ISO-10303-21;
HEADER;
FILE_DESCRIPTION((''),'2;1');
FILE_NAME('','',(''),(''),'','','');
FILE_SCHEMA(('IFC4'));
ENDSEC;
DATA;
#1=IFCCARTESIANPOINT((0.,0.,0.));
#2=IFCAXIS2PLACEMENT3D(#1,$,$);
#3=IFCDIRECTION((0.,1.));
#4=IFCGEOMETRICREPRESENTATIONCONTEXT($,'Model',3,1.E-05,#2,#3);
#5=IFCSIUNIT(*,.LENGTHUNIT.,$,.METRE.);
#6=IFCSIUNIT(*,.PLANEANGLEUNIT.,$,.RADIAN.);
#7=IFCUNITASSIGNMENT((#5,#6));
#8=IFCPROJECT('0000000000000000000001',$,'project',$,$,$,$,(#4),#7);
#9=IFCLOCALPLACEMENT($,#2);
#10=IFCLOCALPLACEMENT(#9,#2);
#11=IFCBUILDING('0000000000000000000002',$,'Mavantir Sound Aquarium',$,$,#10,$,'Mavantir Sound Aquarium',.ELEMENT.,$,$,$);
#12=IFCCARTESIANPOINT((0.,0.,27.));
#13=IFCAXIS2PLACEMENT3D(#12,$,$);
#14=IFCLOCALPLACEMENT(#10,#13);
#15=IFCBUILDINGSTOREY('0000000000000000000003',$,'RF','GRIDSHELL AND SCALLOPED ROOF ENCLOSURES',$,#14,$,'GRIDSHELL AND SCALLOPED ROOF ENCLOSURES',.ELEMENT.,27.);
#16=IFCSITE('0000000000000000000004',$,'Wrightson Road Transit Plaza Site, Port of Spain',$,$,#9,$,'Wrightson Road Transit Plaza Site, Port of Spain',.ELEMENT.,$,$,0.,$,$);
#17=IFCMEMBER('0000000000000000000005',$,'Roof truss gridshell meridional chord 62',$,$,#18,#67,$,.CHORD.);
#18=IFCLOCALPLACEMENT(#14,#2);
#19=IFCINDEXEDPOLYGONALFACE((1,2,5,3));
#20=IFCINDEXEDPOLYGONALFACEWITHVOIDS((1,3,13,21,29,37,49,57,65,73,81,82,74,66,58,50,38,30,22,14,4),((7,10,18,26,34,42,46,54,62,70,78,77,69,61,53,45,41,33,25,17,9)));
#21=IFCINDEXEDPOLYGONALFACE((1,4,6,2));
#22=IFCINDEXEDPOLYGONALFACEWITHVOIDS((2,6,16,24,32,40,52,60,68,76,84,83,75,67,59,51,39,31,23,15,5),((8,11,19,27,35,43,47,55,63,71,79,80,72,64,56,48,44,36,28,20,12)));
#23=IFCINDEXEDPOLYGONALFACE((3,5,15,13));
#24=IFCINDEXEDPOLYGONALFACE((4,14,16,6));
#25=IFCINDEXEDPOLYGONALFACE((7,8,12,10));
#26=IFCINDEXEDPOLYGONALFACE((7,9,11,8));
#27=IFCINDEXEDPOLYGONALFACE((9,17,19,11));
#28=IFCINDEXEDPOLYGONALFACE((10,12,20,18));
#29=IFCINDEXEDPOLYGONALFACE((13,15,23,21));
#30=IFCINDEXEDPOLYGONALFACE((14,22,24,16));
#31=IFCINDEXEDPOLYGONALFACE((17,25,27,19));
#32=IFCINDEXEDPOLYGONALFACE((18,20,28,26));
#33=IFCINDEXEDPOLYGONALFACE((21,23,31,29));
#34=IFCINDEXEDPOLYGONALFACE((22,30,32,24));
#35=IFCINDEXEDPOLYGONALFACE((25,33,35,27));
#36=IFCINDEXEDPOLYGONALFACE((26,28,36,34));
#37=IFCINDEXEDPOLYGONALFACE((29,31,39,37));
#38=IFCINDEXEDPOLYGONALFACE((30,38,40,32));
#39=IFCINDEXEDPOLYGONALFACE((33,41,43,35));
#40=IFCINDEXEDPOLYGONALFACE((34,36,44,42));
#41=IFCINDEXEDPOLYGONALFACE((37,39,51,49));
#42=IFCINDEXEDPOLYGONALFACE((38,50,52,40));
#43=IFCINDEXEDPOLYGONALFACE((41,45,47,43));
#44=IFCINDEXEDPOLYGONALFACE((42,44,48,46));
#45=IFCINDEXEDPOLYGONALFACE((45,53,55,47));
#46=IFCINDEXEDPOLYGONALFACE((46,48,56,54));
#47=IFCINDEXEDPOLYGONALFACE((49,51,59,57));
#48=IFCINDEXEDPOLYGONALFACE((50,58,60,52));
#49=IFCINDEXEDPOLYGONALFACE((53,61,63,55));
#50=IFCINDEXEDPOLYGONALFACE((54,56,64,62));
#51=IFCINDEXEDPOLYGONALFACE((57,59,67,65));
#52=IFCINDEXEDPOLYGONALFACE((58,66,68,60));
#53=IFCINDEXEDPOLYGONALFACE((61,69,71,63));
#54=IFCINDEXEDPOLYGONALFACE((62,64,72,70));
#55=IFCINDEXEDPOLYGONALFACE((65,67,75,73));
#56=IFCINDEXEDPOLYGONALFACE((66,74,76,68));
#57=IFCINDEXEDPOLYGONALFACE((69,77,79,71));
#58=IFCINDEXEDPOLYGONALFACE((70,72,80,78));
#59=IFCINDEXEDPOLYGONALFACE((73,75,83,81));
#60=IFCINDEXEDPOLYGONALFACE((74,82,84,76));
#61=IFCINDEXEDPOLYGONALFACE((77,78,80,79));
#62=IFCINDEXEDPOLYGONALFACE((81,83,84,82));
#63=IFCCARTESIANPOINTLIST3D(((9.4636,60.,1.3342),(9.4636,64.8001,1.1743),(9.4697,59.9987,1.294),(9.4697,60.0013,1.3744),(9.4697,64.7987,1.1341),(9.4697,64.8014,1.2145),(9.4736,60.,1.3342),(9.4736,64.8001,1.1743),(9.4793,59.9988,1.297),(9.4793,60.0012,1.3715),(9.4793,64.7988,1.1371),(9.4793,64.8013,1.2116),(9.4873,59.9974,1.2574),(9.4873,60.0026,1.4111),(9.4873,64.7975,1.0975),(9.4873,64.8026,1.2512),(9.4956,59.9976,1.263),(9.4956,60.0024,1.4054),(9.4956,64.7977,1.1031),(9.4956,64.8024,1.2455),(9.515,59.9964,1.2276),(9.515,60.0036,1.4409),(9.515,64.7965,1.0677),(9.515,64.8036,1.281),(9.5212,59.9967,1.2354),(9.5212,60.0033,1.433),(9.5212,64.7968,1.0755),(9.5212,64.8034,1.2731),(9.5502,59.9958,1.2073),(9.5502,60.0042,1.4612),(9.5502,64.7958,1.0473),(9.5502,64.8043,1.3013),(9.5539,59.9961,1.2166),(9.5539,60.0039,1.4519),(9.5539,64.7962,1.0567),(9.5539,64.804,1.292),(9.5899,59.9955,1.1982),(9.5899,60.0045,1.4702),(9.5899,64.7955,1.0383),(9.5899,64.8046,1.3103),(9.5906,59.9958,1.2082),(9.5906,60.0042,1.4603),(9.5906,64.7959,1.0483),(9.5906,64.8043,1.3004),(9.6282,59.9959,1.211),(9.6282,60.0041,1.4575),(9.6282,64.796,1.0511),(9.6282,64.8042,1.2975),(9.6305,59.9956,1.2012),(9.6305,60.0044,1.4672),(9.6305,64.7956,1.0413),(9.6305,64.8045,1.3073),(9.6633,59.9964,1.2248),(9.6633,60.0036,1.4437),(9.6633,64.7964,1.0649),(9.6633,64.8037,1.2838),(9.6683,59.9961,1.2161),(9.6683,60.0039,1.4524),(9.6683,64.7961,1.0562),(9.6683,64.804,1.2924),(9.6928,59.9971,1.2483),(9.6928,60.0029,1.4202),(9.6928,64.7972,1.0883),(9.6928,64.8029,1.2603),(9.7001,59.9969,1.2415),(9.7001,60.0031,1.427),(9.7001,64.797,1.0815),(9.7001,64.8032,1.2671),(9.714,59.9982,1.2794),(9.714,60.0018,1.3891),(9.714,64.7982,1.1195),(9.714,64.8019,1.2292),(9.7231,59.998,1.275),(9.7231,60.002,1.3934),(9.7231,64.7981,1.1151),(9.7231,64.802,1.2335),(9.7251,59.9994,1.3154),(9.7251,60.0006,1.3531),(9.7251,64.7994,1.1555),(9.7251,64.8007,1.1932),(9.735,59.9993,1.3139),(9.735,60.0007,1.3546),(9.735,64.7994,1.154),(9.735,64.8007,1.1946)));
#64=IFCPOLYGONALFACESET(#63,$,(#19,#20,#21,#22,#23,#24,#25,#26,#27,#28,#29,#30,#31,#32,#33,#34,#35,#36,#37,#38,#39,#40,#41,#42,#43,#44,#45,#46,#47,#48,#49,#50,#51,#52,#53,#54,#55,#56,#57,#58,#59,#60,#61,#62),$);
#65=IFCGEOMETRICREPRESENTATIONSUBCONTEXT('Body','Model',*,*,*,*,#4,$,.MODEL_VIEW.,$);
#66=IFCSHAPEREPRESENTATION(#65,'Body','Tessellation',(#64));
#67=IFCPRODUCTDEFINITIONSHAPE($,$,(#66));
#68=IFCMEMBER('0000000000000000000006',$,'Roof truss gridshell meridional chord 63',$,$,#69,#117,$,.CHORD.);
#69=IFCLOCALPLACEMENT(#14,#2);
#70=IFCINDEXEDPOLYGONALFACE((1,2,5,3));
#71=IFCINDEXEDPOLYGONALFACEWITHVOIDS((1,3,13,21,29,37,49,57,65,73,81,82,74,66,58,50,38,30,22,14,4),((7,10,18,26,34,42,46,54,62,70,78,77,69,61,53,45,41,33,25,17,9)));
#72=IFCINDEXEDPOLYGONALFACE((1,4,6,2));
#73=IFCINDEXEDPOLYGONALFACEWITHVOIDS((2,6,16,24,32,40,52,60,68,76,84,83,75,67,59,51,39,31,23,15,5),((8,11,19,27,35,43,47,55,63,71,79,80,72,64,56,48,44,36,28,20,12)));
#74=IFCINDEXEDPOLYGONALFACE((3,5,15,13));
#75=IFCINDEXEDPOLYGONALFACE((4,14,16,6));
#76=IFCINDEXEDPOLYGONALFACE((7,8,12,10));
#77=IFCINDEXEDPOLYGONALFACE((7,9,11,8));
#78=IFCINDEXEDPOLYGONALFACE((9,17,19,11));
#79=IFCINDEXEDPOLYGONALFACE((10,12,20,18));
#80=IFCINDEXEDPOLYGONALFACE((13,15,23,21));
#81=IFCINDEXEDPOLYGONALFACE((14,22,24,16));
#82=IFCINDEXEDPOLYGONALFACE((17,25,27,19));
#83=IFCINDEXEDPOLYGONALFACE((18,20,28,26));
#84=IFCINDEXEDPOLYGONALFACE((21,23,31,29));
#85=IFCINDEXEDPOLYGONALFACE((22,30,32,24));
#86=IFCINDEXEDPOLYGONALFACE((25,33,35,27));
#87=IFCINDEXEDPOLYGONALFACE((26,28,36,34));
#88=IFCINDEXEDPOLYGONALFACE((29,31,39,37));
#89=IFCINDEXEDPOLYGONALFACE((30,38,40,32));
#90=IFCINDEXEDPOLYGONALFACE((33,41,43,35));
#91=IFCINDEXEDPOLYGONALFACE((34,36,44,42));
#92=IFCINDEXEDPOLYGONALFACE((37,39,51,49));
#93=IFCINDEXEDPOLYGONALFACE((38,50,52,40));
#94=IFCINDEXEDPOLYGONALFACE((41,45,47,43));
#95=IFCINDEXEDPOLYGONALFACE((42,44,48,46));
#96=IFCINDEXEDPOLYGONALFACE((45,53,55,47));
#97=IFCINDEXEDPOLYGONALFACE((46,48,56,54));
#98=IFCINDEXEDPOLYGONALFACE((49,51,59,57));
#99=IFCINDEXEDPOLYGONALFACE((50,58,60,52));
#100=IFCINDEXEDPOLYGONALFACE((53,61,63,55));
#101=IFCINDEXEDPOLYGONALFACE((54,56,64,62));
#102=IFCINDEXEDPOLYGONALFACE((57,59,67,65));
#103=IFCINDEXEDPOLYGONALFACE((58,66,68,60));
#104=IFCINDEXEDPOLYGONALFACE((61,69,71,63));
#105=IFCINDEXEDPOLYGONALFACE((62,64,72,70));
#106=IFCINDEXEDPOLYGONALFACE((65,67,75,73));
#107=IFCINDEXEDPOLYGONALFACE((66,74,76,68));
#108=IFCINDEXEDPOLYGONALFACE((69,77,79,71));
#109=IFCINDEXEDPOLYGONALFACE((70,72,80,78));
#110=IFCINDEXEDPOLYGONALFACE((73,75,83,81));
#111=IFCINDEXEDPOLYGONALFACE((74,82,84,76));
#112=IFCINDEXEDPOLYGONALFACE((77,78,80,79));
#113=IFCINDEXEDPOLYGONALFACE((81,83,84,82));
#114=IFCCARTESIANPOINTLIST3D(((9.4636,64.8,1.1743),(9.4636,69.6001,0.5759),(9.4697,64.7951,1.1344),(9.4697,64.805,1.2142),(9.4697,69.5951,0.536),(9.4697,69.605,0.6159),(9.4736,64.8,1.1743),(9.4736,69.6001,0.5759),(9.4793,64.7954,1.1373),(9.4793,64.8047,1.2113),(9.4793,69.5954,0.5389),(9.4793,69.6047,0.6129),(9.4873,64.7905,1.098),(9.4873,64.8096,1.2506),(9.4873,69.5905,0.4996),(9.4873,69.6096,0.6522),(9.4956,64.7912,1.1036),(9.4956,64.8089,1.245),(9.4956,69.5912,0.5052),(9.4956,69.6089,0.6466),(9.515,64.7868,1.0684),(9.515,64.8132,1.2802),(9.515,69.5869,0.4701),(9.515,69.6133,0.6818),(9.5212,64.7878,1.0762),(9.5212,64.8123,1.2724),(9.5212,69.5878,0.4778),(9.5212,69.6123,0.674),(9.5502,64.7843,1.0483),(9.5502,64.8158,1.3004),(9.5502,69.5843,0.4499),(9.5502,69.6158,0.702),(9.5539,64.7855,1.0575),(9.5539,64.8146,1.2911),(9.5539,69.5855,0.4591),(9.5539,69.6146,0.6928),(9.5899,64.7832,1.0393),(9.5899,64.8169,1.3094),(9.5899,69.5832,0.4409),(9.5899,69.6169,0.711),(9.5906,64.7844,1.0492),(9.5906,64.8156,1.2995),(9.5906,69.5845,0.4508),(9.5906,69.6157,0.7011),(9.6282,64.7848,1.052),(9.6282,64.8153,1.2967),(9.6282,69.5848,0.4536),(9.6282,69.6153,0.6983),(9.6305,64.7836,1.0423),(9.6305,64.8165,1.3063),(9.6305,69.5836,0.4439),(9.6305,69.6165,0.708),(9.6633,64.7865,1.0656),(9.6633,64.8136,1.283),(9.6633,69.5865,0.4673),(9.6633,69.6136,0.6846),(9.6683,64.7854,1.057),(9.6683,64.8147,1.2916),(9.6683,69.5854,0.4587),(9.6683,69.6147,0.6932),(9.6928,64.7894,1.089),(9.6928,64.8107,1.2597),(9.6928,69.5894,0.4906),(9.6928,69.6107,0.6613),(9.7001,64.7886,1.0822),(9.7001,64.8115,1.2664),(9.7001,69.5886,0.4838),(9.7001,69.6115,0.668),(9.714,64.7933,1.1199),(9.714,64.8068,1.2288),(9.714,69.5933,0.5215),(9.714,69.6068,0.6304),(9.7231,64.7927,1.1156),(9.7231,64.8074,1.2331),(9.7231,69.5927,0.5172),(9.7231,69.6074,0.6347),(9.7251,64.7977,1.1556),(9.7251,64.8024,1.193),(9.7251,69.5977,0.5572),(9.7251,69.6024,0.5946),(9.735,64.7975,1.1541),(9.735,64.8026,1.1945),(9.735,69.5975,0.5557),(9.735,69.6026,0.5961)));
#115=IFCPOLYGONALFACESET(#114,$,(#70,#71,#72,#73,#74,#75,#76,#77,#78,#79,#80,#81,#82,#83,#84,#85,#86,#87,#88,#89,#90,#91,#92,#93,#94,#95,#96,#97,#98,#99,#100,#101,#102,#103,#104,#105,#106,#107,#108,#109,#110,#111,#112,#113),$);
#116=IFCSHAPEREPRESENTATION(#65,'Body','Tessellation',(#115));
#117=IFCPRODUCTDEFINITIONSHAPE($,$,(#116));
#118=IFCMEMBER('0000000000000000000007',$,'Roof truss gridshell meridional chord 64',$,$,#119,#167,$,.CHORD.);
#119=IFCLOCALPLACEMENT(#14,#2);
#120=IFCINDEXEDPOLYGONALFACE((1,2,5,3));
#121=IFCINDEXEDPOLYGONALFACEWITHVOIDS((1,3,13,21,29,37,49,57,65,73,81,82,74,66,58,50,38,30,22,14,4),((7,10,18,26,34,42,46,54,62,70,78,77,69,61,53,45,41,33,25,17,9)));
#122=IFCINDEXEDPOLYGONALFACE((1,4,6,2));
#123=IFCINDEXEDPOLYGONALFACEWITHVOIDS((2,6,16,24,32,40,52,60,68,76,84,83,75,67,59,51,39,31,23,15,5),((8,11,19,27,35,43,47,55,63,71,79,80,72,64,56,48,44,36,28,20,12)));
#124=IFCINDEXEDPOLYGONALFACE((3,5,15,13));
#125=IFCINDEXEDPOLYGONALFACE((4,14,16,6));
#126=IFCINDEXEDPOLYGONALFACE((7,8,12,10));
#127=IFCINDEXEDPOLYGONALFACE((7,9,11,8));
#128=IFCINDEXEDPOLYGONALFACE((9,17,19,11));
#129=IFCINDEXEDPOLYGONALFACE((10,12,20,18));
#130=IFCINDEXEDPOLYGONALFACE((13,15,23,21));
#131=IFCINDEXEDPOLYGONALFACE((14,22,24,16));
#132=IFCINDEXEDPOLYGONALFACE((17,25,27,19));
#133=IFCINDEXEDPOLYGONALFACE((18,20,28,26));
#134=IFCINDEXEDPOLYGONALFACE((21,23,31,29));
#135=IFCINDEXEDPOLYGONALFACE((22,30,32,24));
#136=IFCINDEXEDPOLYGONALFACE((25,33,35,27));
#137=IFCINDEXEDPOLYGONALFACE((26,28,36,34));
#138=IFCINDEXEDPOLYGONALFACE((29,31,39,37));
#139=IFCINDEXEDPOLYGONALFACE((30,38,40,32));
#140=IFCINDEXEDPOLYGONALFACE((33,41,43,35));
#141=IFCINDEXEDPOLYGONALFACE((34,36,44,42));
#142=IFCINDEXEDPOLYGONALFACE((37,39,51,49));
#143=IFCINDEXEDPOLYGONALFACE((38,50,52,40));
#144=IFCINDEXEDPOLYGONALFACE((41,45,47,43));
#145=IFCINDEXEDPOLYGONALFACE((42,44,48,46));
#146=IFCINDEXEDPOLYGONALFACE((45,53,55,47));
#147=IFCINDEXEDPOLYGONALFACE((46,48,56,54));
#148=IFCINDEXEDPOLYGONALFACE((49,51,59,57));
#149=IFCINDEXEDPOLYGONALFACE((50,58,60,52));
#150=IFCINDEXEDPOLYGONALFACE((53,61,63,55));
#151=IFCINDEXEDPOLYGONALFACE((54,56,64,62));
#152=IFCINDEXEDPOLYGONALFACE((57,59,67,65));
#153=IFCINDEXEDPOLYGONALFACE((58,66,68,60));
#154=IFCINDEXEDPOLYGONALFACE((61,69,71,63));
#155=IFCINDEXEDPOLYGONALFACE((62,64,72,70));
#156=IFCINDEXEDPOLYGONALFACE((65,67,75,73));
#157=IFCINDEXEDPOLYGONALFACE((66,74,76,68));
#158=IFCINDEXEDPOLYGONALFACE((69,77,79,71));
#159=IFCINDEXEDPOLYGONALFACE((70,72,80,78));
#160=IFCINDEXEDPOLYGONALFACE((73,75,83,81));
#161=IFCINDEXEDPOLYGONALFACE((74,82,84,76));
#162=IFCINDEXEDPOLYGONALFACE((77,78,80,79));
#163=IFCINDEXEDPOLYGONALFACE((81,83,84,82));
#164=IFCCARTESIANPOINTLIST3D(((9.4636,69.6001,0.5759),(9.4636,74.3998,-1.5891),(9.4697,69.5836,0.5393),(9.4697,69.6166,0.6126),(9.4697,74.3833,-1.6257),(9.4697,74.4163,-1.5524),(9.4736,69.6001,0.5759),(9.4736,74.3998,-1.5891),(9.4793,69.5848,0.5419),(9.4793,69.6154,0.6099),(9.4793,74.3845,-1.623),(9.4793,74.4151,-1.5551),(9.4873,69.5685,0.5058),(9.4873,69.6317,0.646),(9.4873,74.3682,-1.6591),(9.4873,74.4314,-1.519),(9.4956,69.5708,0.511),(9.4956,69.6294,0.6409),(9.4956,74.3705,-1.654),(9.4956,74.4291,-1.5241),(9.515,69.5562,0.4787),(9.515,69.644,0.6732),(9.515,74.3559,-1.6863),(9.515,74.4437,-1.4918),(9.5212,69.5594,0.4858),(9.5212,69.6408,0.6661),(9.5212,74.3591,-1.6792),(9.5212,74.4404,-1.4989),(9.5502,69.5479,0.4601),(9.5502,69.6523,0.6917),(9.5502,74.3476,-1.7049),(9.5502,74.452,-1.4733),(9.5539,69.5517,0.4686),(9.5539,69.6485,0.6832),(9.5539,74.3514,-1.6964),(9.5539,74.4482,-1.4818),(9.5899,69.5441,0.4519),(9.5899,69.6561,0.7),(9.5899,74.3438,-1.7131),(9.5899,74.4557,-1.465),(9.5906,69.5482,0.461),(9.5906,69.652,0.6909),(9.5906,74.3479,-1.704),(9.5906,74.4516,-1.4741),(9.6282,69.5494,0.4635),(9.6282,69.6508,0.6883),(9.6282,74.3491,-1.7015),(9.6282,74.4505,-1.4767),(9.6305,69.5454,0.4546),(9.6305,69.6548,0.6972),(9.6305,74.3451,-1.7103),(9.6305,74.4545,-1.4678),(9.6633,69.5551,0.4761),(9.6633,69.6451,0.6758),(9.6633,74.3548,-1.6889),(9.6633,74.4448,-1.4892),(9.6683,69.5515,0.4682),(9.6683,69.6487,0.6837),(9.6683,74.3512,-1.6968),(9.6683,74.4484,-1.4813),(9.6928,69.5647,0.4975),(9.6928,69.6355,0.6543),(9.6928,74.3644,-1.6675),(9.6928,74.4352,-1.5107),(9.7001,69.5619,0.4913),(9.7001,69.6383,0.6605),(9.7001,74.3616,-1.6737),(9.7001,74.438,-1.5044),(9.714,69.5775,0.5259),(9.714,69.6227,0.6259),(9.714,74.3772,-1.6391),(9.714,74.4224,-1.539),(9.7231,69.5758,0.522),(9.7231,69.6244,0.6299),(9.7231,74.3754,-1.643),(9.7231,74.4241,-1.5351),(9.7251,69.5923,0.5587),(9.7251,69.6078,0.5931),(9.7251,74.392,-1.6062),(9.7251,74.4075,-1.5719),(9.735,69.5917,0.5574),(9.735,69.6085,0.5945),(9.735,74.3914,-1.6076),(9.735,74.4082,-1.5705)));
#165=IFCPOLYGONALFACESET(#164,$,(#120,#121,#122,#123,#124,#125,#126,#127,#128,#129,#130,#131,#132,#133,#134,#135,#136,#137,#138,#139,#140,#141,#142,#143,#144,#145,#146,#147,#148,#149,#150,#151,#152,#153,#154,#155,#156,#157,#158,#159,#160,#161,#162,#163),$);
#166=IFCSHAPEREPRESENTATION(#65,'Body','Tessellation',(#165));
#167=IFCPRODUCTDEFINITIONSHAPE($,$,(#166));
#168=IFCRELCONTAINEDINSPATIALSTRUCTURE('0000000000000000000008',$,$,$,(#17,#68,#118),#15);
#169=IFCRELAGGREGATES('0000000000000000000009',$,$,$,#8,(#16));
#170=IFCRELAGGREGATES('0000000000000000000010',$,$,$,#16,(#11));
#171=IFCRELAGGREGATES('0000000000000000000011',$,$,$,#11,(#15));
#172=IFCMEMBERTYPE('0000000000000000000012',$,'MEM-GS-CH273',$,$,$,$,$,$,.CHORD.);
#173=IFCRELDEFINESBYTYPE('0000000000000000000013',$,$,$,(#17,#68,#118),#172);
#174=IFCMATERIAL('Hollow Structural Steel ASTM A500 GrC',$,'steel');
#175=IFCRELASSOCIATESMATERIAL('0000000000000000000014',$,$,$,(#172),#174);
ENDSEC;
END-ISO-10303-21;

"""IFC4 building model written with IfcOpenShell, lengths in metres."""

from ifc_helpers import new_model, si_unit, direction, frame, origin, origin_2d, place, context, subcontext, project, spatial, hollow_circle, extrude, material, material_profile, profile_set, type_object, element, save


model = new_model("IFC4")

# Units and contexts
model_context = context("Model", 3, precision=1e-05, world=origin(), true_north=direction((0.0, 1.0)))
body_context = subcontext(model_context, "Body", "Model", "MODEL_VIEW")
ifc_project = project(units=[si_unit("LENGTHUNIT", "METRE"), si_unit("PLANEANGLEUNIT", "RADIAN")], contexts=[model_context])

# Site, building, storey
site_placement = place(None, origin())
site = spatial("IfcSite", under=ifc_project, at=site_placement, Name="Wrightson Road Transit Plaza Site, Port of Spain", LongName="Wrightson Road Transit Plaza Site, Port of Spain", CompositionType="ELEMENT", RefElevation=0.0)
building_placement = place(site_placement, origin())
building = spatial("IfcBuilding", under=site, at=building_placement, Name="Mavantir Sound Aquarium", LongName="Mavantir Sound Aquarium", CompositionType="ELEMENT")
storey_placement = place(building_placement, frame((0.0, 0.0, 27.0)))
storey = spatial("IfcBuildingStorey", under=building, at=storey_placement, Name="RF", Description="GRIDSHELL AND SCALLOPED ROOF ENCLOSURES", LongName="GRIDSHELL AND SCALLOPED ROOF ENCLOSURES", CompositionType="ELEMENT", Elevation=27.0)

# Members
ifc_material_1 = material(Name="Hollow Structural Steel ASTM A500 GrC", Category="steel")
ifc_material_profile_1 = material_profile(ifc_material_1, hollow_circle(Radius=0.1365, WallThickness=0.01, at=origin_2d()), Name="CHS 273X10")
ifc_profile_set_1 = profile_set([ifc_material_profile_1], Name="Hollow Structural Steel ASTM A500 GrC")
member_type_1 = type_object("IfcMemberType", Name="MEM-GS-CH273", PredefinedType="CHORD", material=ifc_profile_set_1)
member_1_placement = place(storey_placement, frame((9.6001, 60.0, 1.3342), z_axis=(0.0, 0.999446, -0.033296), x_axis=(-1.0, 0.0, 0.0)))
element("IfcMember", 1, at=member_1_placement, inside=storey, type_object=member_type_1, Name="Roof truss gridshell meridional chord 62", PredefinedType="CHORD", context=body_context, shape_type="SweptSolid", body=[
    extrude(hollow_circle(Radius=0.1365, WallThickness=0.01, at=origin_2d()), origin(), (0.0, 0.0, 1.0), 4.8027),
])
member_2_placement = place(storey_placement, frame((9.6001, 64.8, 1.1743), z_axis=(0.0, 0.992319, -0.123705), x_axis=(-1.0, 0.0, 0.0)))
element("IfcMember", 2, at=member_2_placement, inside=storey, type_object=member_type_1, Name="Roof truss gridshell meridional chord 63", PredefinedType="CHORD", context=body_context, shape_type="SweptSolid", body=[
    extrude(hollow_circle(Radius=0.1365, WallThickness=0.01, at=origin_2d()), origin(), (0.0, 0.0, 1.0), 4.8372),
])
member_3_placement = place(storey_placement, frame((9.6001, 69.6001, 0.5759), z_axis=(0.0, 0.911557, -0.411174), x_axis=(-1.0, 0.0, 0.0)))
element("IfcMember", 3, at=member_3_placement, inside=storey, type_object=member_type_1, Name="Roof truss gridshell meridional chord 64", PredefinedType="CHORD", context=body_context, shape_type="SweptSolid", body=[
    extrude(hollow_circle(Radius=0.1365, WallThickness=0.01, at=origin_2d()), origin(), (0.0, 0.0, 1.0), 5.2654),
])

save(model, "model.ifc")
